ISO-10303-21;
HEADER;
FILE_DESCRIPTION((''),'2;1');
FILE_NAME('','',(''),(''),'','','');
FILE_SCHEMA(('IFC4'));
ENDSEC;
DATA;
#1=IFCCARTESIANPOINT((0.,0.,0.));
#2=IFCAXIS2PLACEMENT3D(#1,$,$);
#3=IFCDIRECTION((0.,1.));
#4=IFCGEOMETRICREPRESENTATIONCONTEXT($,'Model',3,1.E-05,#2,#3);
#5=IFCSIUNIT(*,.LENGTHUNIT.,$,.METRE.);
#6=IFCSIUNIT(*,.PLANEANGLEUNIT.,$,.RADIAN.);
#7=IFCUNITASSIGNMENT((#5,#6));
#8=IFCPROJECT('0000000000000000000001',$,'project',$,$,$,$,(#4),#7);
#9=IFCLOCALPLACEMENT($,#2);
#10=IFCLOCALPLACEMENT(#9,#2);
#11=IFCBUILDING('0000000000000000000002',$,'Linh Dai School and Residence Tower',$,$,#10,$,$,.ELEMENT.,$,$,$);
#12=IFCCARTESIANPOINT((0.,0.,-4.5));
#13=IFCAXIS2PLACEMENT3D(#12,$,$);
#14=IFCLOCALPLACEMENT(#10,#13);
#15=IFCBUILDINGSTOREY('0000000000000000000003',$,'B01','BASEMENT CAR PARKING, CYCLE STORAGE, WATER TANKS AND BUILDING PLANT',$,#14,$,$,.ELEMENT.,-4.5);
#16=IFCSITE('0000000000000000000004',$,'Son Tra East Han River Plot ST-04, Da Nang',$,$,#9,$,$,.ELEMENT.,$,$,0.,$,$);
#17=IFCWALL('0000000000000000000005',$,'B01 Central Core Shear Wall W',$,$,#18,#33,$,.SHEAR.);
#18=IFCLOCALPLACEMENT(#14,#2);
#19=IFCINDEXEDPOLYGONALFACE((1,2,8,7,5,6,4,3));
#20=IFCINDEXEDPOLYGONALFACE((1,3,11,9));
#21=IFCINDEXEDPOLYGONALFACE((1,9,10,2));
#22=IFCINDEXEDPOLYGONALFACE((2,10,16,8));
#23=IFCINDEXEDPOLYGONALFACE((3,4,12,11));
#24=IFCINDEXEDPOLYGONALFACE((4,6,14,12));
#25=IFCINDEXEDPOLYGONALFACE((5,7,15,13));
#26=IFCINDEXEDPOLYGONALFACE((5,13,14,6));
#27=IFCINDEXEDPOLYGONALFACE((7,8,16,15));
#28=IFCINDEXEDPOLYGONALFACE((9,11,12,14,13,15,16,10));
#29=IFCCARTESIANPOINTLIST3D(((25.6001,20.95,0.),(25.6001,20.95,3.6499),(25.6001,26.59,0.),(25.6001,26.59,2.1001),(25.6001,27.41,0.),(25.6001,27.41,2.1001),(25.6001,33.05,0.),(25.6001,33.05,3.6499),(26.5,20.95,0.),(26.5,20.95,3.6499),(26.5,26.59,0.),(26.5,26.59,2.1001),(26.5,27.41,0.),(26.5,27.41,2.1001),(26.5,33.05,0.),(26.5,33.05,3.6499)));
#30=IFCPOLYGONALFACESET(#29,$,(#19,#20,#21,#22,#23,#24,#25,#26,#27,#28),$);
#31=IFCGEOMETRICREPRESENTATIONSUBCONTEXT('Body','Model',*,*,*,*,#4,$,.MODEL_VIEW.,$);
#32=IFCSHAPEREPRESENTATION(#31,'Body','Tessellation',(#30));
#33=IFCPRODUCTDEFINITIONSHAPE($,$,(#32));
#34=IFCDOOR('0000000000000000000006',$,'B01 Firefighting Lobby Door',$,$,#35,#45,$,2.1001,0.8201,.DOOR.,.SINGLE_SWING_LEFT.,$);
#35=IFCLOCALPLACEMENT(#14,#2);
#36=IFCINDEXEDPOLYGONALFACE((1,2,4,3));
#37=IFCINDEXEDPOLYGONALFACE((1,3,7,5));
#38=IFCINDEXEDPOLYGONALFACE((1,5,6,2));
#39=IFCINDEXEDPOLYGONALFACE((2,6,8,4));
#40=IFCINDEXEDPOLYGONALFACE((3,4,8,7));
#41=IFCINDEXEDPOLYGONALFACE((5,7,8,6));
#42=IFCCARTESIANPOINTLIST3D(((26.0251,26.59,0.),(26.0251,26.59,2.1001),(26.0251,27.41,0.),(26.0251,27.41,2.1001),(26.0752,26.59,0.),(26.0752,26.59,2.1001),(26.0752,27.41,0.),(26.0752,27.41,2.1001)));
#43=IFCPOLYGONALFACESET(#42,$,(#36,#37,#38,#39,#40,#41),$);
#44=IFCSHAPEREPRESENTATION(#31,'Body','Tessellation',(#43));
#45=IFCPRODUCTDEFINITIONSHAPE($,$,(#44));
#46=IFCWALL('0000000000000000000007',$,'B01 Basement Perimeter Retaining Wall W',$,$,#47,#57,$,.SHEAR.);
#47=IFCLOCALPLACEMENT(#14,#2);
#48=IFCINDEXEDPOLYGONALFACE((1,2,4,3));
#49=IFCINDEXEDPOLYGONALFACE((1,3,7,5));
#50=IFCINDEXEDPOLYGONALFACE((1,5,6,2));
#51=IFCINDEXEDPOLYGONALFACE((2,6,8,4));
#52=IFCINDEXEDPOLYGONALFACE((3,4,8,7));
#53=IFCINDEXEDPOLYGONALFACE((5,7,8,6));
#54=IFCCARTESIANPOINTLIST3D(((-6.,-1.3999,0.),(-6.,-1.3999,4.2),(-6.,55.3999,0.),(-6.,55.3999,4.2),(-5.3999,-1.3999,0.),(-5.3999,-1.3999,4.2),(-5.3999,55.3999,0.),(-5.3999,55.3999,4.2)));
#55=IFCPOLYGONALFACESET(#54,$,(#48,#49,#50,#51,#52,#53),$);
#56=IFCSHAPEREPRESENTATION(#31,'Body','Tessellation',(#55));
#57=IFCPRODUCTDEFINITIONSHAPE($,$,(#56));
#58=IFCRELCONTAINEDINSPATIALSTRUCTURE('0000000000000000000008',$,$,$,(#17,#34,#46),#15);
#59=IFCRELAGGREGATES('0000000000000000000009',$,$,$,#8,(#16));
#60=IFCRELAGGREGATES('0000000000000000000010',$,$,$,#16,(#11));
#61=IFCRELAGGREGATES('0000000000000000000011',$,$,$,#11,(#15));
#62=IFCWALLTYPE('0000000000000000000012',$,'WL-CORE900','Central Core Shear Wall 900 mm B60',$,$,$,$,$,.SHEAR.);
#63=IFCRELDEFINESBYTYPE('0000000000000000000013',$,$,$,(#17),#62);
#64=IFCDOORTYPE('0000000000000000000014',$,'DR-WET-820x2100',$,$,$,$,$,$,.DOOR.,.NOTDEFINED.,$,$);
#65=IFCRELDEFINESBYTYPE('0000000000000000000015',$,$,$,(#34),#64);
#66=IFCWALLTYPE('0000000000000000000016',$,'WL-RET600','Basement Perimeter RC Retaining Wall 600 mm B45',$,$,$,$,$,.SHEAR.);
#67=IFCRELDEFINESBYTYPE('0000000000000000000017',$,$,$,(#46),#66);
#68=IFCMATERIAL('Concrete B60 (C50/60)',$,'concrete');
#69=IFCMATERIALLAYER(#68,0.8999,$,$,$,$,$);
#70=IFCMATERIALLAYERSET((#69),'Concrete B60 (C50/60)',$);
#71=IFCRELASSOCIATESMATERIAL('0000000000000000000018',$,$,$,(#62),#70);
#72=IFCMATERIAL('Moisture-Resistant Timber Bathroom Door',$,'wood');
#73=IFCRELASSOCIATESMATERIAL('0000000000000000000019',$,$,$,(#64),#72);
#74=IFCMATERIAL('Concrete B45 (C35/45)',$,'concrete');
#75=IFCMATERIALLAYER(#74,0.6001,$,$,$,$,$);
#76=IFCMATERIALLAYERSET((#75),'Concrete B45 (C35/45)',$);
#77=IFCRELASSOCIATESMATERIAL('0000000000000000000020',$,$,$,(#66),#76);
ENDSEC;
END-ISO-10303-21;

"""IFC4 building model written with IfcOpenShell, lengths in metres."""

from ifc_helpers import new_model, si_unit, direction, frame, frame_2d, origin, origin_2d, place, context, subcontext, project, spatial, rectangle, extrude, source, transform, mapped, material, layer, layer_set, type_object, element, fill, save


model = new_model("IFC4")

# Units and contexts
model_context = context("Model", 3, precision=1e-05, world=origin(), true_north=direction((0.0, 1.0)))
body_context = subcontext(model_context, "Body", "Model", "MODEL_VIEW")
ifc_project = project(units=[si_unit("LENGTHUNIT", "METRE"), si_unit("PLANEANGLEUNIT", "RADIAN")], contexts=[model_context])

# Site, building, storey
site_placement = place(None, origin())
site = spatial("IfcSite", under=ifc_project, at=site_placement, Name="Son Tra East Han River Plot ST-04, Da Nang", CompositionType="ELEMENT", RefElevation=0.0)
building_placement = place(site_placement, origin())
building = spatial("IfcBuilding", under=site, at=building_placement, Name="Linh Dai School and Residence Tower", CompositionType="ELEMENT")
storey_placement = place(building_placement, frame((0.0, 0.0, -4.5)))
storey = spatial("IfcBuildingStorey", under=building, at=storey_placement, Name="B01", Description="BASEMENT CAR PARKING, CYCLE STORAGE, WATER TANKS AND BUILDING PLANT", CompositionType="ELEMENT", Elevation=-4.5)

# Shared definitions
ifc_material_1 = material(Name="Concrete B60 (C50/60)", Category="concrete")

# Shared definitions
ifc_material_2 = material(Name="Concrete B45 (C35/45)", Category="concrete")

# Wall, opening, door
ifc_layer_1 = layer(ifc_material_1, 0.8999)
ifc_layer_set_1 = layer_set([ifc_layer_1], Name="Concrete B60 (C50/60)")
wall_type_1 = type_object("IfcWallType", Name="WL-CORE900", Description="Central Core Shear Wall 900 mm B60", PredefinedType="SHEAR", material=ifc_layer_set_1)
wall_1_placement = place(storey_placement, frame((26.05, 20.95, 0.0), z_axis=(0.0, 0.0, 1.0), x_axis=(0.0, 1.0, 0.0)))
wall_1 = element("IfcWall", 1, at=wall_1_placement, inside=storey, type_object=wall_type_1, Name="B01 Central Core Shear Wall W", PredefinedType="SHEAR", context=body_context, shape_type="SweptSolid", body=[
    extrude(rectangle(XDim=12.1001, YDim=0.8999, at=frame_2d((6.05, 0.0))), origin(), (0.0, 0.0, 1.0), 3.6499),
])
opening_1_placement = place(wall_1_placement, frame((5.6399, 0.0, 0.0)))
opening_1 = element("IfcOpeningElement", 2, at=opening_1_placement, cuts=wall_1, PredefinedType="OPENING", context=body_context, shape_type="SweptSolid", body=[
    extrude(rectangle(XDim=0.8201, YDim=2.1001, at=origin_2d()), frame((0.4102, 0.46, 1.05), z_axis=(0.0, -1.0, 0.0), x_axis=(1.0, 0.0, 0.0)), (0.0, 0.0, 1.0), 0.9199),
])
ifc_material_3 = material(Name="Moisture-Resistant Timber Bathroom Door", Category="wood")
door_type_1 = type_object("IfcDoorType", Name="DR-WET-820x2100", OperationType="NOTDEFINED", PredefinedType="DOOR", material=ifc_material_3)
shared_shape_1 = source(origin(), body_context, "Body", "SweptSolid", [
    extrude(rectangle(XDim=0.8201, YDim=2.1001, at=origin_2d()), frame((0.4102, 0.0249, 1.05), z_axis=(0.0, -1.0, 0.0), x_axis=(1.0, 0.0, 0.0)), (0.0, 0.0, 1.0), 0.05),
])
door_1_placement = place(opening_1_placement, origin())
door_1 = element("IfcDoor", 3, at=door_1_placement, inside=storey, type_object=door_type_1, Name="B01 Firefighting Lobby Door", OperationType="SINGLE_SWING_LEFT", OverallHeight=2.1001, OverallWidth=0.8201, PredefinedType="DOOR", context=body_context, shape_type="MappedRepresentation", body=[
    mapped(shared_shape_1, transform((0.0, 0.0, 0.0), x_axis=(1.0, 0.0, 0.0), y_axis=(0.0, 1.0, 0.0), z_axis=(0.0, 0.0, 1.0), scale=1.0)),
])
fill(opening_1, door_1)

# Wall
ifc_layer_2 = layer(ifc_material_2, 0.6001)
ifc_layer_set_2 = layer_set([ifc_layer_2], Name="Concrete B45 (C35/45)")
wall_type_2 = type_object("IfcWallType", Name="WL-RET600", Description="Basement Perimeter RC Retaining Wall 600 mm B45", PredefinedType="SHEAR", material=ifc_layer_set_2)
wall_2_placement = place(storey_placement, frame((-5.7, -1.3999, 0.0), z_axis=(0.0, 0.0, 1.0), x_axis=(0.0, 1.0, 0.0)))
element("IfcWall", 4, at=wall_2_placement, inside=storey, type_object=wall_type_2, Name="B01 Basement Perimeter Retaining Wall W", PredefinedType="SHEAR", context=body_context, shape_type="SweptSolid", body=[
    extrude(rectangle(XDim=56.7998, YDim=0.6001, at=frame_2d((28.3999, 0.0))), origin(), (0.0, 0.0, 1.0), 4.2),
])

save(model, "model.ifc")
